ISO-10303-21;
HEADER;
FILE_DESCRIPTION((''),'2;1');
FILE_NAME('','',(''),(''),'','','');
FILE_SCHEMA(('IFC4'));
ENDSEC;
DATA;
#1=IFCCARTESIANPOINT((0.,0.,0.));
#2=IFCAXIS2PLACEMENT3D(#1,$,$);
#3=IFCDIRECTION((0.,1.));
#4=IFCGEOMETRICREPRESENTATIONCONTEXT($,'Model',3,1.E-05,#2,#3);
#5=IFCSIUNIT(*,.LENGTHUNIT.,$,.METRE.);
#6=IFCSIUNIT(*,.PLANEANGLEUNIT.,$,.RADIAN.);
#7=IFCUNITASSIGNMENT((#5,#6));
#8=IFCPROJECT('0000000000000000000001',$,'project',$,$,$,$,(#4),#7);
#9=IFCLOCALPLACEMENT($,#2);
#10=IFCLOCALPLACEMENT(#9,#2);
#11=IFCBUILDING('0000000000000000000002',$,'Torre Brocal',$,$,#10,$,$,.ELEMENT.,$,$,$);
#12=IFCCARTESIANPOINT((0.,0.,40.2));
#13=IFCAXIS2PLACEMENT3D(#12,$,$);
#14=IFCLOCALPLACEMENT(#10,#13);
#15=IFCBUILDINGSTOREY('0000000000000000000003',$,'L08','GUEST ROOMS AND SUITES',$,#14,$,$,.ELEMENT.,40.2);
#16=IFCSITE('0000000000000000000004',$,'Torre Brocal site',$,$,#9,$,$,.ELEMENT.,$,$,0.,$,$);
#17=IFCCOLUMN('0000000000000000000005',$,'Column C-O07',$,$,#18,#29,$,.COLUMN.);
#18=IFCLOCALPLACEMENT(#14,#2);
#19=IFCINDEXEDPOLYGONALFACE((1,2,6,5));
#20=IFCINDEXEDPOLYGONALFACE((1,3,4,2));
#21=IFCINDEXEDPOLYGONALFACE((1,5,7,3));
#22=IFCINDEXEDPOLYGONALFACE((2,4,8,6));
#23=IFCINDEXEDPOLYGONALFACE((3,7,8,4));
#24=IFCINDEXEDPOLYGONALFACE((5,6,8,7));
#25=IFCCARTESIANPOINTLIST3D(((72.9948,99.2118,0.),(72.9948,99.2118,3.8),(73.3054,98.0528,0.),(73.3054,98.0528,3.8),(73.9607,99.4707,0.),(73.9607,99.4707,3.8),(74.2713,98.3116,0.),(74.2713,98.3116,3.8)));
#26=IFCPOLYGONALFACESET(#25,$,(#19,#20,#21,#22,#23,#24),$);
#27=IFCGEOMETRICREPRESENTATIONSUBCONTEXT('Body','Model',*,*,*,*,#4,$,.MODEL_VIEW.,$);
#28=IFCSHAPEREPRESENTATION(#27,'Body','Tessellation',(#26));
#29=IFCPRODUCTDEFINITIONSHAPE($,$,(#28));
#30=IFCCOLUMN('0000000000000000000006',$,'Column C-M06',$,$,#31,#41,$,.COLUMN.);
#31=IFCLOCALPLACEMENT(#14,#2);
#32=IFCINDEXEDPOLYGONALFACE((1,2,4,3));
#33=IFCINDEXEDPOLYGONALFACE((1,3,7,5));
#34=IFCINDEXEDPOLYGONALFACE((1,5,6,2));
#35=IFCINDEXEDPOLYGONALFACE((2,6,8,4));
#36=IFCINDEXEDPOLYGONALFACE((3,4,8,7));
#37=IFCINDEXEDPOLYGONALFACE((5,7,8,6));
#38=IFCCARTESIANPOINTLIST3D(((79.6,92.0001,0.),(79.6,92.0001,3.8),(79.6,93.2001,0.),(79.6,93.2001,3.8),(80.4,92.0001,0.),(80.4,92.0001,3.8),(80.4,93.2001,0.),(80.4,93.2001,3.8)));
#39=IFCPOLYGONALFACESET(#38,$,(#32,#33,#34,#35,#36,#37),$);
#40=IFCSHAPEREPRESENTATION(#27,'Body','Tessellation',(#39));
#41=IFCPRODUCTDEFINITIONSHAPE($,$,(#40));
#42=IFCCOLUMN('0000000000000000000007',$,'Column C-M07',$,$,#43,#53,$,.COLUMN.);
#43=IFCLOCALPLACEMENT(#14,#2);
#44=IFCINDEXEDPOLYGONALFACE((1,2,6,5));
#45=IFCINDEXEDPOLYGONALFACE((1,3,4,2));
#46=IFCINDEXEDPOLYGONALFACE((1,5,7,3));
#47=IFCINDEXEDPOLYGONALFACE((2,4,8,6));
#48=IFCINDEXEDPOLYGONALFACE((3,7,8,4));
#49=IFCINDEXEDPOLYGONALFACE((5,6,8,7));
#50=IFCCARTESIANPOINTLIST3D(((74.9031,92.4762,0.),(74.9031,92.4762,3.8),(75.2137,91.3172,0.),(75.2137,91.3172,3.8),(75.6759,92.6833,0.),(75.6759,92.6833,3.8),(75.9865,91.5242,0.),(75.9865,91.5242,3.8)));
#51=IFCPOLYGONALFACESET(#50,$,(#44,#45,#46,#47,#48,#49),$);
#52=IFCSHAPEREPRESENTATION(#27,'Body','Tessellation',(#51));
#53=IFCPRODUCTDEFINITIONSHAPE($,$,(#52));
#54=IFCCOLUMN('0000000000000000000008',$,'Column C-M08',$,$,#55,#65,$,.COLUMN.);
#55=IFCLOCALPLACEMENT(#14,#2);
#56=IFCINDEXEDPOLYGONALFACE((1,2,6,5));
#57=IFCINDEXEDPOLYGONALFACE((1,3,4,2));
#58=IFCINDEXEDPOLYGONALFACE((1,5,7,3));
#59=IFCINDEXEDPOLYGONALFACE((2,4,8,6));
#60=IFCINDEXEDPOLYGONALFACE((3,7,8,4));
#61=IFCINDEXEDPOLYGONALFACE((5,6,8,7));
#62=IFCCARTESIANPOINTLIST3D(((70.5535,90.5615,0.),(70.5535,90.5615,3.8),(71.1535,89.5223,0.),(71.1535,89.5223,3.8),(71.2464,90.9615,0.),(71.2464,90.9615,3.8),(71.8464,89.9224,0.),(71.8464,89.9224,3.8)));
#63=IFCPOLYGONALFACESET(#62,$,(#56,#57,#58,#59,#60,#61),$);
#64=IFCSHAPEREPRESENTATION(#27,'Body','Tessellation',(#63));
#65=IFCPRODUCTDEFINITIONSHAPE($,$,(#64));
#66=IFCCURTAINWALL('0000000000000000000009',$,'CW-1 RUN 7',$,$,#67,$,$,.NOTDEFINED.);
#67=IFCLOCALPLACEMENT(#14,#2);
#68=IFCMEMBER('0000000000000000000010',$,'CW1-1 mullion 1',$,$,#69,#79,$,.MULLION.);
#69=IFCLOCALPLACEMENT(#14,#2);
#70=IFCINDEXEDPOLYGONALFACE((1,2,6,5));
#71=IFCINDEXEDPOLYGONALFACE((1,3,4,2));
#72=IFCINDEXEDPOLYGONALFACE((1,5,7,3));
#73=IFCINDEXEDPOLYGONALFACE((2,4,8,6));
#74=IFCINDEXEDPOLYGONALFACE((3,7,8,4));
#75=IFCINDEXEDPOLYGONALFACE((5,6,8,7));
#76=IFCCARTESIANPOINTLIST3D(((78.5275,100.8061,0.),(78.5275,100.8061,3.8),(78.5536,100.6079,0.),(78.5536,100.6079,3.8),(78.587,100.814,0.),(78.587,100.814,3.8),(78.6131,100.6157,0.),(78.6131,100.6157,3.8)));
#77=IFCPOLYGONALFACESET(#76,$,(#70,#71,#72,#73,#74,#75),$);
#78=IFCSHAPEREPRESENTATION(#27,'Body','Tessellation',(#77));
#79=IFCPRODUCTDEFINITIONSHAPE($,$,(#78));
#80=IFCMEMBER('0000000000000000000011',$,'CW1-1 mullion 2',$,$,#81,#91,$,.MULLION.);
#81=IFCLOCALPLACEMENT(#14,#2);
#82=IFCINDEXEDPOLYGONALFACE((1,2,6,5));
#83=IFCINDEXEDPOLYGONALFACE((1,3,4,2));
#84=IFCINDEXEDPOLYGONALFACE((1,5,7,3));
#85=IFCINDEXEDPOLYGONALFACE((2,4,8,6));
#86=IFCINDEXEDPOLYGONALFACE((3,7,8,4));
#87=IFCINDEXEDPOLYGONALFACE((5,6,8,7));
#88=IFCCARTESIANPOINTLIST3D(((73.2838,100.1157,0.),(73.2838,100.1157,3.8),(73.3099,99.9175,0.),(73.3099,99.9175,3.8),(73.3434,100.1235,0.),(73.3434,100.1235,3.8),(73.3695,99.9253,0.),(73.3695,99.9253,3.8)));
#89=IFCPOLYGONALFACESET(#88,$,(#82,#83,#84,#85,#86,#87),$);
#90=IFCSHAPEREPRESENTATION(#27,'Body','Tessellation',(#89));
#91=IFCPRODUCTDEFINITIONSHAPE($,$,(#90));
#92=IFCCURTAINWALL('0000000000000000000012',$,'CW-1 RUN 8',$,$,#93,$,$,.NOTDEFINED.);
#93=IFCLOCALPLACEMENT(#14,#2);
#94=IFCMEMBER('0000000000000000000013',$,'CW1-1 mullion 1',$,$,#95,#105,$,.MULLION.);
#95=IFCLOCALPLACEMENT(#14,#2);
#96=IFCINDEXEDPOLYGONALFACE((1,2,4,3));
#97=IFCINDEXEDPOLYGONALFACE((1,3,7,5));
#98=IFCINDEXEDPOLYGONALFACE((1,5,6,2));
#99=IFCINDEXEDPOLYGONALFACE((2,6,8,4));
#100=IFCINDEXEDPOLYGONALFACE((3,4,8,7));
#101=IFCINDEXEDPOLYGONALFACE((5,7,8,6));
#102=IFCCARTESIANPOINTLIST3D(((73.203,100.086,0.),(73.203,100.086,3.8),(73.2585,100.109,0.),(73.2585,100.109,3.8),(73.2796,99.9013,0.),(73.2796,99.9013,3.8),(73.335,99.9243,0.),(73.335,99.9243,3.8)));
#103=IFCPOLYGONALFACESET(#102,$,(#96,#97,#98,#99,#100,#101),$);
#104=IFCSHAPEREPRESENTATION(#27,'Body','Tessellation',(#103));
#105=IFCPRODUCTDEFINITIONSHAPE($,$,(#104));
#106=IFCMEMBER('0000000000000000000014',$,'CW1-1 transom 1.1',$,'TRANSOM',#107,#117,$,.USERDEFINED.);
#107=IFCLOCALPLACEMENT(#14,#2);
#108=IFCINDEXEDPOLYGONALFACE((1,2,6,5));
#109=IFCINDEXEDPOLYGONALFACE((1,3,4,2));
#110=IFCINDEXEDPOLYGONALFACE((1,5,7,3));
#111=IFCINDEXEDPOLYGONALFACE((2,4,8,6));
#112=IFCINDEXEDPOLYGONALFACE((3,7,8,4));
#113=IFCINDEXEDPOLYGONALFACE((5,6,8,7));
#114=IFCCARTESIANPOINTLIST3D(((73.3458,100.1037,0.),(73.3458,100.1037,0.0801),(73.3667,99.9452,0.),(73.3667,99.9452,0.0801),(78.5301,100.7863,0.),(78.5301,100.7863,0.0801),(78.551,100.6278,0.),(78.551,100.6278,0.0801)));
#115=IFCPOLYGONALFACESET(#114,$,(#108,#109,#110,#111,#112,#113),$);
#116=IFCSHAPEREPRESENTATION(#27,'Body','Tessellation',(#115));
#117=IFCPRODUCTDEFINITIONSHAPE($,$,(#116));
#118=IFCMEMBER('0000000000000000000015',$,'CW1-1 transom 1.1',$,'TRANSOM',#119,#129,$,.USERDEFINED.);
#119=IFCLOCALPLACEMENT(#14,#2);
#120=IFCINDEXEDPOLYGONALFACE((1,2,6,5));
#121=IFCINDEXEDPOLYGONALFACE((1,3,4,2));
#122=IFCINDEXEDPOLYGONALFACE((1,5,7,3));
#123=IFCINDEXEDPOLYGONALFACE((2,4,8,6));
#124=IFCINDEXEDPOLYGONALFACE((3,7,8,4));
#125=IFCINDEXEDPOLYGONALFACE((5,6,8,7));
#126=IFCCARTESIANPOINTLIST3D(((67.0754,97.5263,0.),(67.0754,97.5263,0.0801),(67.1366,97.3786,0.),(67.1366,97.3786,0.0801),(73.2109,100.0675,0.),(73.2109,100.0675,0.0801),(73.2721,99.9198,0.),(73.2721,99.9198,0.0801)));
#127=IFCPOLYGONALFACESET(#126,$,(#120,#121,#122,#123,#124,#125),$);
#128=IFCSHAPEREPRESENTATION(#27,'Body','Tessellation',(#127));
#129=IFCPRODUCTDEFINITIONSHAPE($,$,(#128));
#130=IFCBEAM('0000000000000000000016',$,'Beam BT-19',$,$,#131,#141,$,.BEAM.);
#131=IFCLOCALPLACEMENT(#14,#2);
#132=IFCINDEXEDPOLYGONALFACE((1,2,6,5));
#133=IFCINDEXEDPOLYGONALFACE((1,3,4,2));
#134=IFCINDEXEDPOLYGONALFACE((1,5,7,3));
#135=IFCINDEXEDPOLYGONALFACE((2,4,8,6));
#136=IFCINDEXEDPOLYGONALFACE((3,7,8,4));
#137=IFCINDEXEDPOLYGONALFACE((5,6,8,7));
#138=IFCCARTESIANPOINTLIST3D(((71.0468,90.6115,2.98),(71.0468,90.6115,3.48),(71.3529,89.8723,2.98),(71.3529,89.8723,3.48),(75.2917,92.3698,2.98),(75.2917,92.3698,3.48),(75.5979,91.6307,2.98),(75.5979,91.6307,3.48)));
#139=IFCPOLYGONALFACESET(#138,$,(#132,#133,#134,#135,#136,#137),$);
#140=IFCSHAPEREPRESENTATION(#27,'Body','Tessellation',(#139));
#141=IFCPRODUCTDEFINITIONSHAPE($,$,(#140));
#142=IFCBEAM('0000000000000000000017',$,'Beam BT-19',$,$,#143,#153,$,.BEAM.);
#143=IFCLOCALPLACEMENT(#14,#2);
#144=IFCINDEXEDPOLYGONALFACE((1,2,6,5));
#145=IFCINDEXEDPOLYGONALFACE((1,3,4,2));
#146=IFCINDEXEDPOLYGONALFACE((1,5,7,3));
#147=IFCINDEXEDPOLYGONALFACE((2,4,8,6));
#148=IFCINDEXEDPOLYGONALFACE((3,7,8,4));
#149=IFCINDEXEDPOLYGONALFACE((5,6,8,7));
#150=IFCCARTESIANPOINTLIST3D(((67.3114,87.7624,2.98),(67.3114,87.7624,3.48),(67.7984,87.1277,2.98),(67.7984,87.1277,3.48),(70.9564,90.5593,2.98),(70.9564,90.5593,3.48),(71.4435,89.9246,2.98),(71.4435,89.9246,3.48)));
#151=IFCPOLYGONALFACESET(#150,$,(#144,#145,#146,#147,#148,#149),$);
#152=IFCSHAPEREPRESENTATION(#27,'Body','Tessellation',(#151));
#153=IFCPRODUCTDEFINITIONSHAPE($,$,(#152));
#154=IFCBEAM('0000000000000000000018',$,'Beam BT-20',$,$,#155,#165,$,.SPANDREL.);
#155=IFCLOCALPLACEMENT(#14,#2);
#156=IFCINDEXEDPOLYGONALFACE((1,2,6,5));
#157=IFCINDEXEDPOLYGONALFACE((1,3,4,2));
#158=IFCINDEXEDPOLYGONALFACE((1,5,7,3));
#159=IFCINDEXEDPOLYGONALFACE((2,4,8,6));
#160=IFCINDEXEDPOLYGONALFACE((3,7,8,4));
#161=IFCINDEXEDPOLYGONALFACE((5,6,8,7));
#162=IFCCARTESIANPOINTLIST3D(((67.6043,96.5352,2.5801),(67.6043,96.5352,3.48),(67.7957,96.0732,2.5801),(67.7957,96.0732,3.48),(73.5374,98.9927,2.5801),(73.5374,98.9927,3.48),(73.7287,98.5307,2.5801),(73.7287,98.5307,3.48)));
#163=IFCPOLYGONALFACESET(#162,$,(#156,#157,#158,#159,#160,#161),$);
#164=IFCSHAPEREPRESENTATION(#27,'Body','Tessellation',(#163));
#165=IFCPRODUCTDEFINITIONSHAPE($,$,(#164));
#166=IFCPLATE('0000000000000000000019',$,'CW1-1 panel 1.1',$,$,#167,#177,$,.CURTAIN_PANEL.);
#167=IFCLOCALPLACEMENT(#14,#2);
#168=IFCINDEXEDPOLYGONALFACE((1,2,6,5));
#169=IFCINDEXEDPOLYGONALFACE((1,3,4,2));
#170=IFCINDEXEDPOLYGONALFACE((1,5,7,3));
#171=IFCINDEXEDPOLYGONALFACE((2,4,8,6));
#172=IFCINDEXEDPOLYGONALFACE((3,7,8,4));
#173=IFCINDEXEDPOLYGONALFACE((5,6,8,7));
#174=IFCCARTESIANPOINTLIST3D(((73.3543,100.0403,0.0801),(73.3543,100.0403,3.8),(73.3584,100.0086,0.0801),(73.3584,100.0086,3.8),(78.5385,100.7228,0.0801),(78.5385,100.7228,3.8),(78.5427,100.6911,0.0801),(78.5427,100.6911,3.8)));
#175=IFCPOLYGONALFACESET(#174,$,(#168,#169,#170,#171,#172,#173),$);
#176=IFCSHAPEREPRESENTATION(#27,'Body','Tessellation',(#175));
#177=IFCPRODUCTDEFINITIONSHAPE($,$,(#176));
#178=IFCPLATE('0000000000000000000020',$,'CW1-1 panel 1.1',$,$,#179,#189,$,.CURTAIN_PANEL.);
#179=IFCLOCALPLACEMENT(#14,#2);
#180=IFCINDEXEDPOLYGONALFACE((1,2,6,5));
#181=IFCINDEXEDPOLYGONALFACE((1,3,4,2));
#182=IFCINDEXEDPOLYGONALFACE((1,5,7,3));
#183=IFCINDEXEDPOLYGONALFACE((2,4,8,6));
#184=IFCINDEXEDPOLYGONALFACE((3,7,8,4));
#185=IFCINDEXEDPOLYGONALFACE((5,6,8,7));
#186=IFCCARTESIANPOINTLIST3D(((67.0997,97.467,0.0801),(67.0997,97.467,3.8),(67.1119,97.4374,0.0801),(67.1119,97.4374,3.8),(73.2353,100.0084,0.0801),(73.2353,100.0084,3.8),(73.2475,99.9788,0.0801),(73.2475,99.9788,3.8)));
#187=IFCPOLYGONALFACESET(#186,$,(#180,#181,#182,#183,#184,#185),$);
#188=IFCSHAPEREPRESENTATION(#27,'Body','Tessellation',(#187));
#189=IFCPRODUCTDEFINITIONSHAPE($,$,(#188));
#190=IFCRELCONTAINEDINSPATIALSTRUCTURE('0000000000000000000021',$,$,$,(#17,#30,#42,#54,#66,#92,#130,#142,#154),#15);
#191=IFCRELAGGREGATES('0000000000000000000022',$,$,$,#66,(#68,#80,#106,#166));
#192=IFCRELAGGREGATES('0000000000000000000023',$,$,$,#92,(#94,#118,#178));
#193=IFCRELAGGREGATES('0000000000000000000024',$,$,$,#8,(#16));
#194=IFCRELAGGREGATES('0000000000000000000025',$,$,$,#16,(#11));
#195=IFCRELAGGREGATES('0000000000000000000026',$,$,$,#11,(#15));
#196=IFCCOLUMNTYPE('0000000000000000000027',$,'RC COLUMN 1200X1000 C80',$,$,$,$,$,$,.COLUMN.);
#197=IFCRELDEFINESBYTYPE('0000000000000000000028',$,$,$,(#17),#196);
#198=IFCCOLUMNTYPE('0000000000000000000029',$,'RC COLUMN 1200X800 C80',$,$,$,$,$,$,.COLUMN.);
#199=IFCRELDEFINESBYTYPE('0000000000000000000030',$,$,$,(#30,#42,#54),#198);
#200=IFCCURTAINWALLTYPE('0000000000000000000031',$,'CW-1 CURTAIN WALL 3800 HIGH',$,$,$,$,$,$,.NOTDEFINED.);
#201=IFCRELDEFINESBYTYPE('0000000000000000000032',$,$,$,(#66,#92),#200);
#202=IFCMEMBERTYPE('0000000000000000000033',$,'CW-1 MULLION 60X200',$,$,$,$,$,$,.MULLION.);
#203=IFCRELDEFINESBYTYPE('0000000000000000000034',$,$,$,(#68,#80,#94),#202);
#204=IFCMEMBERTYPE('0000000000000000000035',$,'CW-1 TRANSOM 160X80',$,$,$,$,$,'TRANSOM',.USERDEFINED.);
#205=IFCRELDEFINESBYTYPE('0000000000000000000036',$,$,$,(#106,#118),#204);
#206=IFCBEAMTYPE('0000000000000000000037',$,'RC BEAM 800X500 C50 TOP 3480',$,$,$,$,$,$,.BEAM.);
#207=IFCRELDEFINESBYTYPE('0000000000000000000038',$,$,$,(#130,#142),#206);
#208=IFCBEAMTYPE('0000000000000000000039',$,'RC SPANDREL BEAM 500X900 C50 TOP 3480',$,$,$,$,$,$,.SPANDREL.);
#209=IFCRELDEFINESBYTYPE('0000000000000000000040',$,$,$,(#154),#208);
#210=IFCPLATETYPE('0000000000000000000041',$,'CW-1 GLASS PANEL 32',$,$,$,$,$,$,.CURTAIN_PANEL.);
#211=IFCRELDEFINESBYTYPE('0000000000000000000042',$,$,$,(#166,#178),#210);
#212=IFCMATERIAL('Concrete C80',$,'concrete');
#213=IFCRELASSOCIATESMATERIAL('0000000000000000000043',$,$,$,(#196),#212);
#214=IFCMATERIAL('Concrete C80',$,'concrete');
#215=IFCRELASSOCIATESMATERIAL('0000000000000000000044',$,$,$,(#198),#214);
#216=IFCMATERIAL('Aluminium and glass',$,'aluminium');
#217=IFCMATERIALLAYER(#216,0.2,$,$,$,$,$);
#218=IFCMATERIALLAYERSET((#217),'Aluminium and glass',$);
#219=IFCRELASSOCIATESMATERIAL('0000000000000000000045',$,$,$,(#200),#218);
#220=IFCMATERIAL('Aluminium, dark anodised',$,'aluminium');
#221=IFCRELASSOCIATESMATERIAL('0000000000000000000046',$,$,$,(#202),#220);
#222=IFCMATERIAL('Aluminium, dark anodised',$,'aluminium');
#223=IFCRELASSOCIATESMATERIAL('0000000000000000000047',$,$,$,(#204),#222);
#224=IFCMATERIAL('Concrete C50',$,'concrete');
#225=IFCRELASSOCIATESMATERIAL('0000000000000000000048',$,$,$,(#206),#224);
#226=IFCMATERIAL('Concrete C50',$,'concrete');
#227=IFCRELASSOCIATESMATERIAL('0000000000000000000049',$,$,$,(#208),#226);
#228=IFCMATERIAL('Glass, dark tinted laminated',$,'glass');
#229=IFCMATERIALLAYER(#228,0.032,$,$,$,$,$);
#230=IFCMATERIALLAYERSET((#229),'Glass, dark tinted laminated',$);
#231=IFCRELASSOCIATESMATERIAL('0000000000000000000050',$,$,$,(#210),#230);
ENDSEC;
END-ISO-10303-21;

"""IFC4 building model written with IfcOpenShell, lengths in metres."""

from ifc_helpers import new_model, si_unit, direction, frame, origin, origin_2d, place, context, subcontext, project, spatial, rectangle, extrude, material, layer, layer_set, material_profile, profile_set, type_object, element, aggregate, save


model = new_model("IFC4")

# Units and contexts
model_context = context("Model", 3, precision=1e-05, world=origin(), true_north=direction((0.0, 1.0)))
body_context = subcontext(model_context, "Body", "Model", "MODEL_VIEW")
ifc_project = project(units=[si_unit("LENGTHUNIT", "METRE"), si_unit("PLANEANGLEUNIT", "RADIAN")], contexts=[model_context])

# Site, building, storey
site_placement = place(None, origin())
site = spatial("IfcSite", under=ifc_project, at=site_placement, Name="Torre Brocal site", CompositionType="ELEMENT", RefElevation=0.0)
building_placement = place(site_placement, origin())
building = spatial("IfcBuilding", under=site, at=building_placement, Name="Torre Brocal", CompositionType="ELEMENT")
storey_placement = place(building_placement, frame((0.0, 0.0, 40.2)))
storey = spatial("IfcBuildingStorey", under=building, at=storey_placement, Name="L08", Description="GUEST ROOMS AND SUITES", CompositionType="ELEMENT", Elevation=40.2)

# Columns
ifc_material_1 = material(Name="Concrete C80", Category="concrete")
ifc_material_profile_1 = material_profile(ifc_material_1, rectangle(XDim=1.2, YDim=1.0, at=origin_2d()), Name="RC 1200X1000")
ifc_profile_set_1 = profile_set([ifc_material_profile_1], Name="Concrete C80")
column_type_1 = type_object("IfcColumnType", Name="RC COLUMN 1200X1000 C80", PredefinedType="COLUMN", material=ifc_profile_set_1)
column_placement = place(storey_placement, frame((73.6331, 98.7617, 0.0), z_axis=(0.0, 0.0, 1.0), x_axis=(-0.258819, 0.965926, 0.0)))
element("IfcColumn", 1, at=column_placement, inside=storey, type_object=column_type_1, Name="Column C-O07", PredefinedType="COLUMN", context=body_context, shape_type="SweptSolid", body=[
    extrude(rectangle(XDim=1.2, YDim=1.0, at=origin_2d()), origin(), (0.0, 0.0, 1.0), 3.8),
])
ifc_material_2 = material(Name="Concrete C80", Category="concrete")
ifc_material_profile_2 = material_profile(ifc_material_2, rectangle(XDim=1.2, YDim=0.8, at=origin_2d()), Name="RC 1200X800")
ifc_profile_set_2 = profile_set([ifc_material_profile_2], Name="Concrete C80")
column_type_2 = type_object("IfcColumnType", Name="RC COLUMN 1200X800 C80", PredefinedType="COLUMN", material=ifc_profile_set_2)
for number, where, z_axis, x_axis, name in (
    (2, (80.0, 92.6001, 0.0), (0.0, 0.0, 1.0), (0.0, 1.0, 0.0), "Column C-M06"),
    (3, (75.4448, 92.0002, 0.0), (0.0, 0.0, 1.0), (-0.258819, 0.965926, 0.0), "Column C-M07"),
    (4, (71.2, 90.2419, 0.0), (0.0, 0.0, 1.0), (-0.5, 0.866025, 0.0), "Column C-M08"),
):
    element("IfcColumn", number, at=place(storey_placement, frame(where, z_axis=z_axis, x_axis=x_axis)), inside=storey, type_object=column_type_2, Name=name, PredefinedType="COLUMN", context=body_context, shape_type="SweptSolid", body=[
        extrude(rectangle(XDim=1.2, YDim=0.8, at=origin_2d()), origin(), (0.0, 0.0, 1.0), 3.8),
    ])

# Curtain wall, members
ifc_material_3 = material(Name="Aluminium and glass", Category="aluminium")
ifc_layer_1 = layer(ifc_material_3, 0.2)
ifc_layer_set_1 = layer_set([ifc_layer_1], Name="Aluminium and glass")
curtain_wall_type = type_object("IfcCurtainWallType", Name="CW-1 CURTAIN WALL 3800 HIGH", PredefinedType="NOTDEFINED", material=ifc_layer_set_1)
curtain_wall_1_placement = place(storey_placement, origin())
curtain_wall_1 = element("IfcCurtainWall", 5, at=curtain_wall_1_placement, inside=storey, type_object=curtain_wall_type, Name="CW-1 RUN 7", PredefinedType="NOTDEFINED")
ifc_material_4 = material(Name="Aluminium, dark anodised", Category="aluminium")
ifc_material_profile_3 = material_profile(ifc_material_4, rectangle(XDim=0.2, YDim=0.0601, at=origin_2d()), Name="CW-1 MULLION 60X200")
ifc_profile_set_3 = profile_set([ifc_material_profile_3], Name="Aluminium, dark anodised")
member_type_1 = type_object("IfcMemberType", Name="CW-1 MULLION 60X200", PredefinedType="MULLION", material=ifc_profile_set_3)
member_1_placement = place(storey_placement, frame((78.5703, 100.7109, 0.0), z_axis=(0.0, 0.0, 1.0), x_axis=(0.130526, -0.991445, 0.0)))
member_1 = element("IfcMember", 6, at=member_1_placement, type_object=member_type_1, Name="CW1-1 mullion 1", PredefinedType="MULLION", context=body_context, shape_type="SweptSolid", body=[
    extrude(rectangle(XDim=0.2, YDim=0.0601, at=origin_2d()), origin(), (0.0, 0.0, 1.0), 3.8),
])
member_2_placement = place(storey_placement, frame((73.3267, 100.0205, 0.0), z_axis=(0.0, 0.0, 1.0), x_axis=(0.130526, -0.991445, 0.0)))
member_2 = element("IfcMember", 7, at=member_2_placement, type_object=member_type_1, Name="CW1-1 mullion 2", PredefinedType="MULLION", context=body_context, shape_type="SweptSolid", body=[
    extrude(rectangle(XDim=0.2, YDim=0.0601, at=origin_2d()), origin(), (0.0, 0.0, 1.0), 3.8),
])

# Curtain wall, member
curtain_wall_2_placement = place(storey_placement, origin())
curtain_wall_2 = element("IfcCurtainWall", 8, at=curtain_wall_2_placement, inside=storey, type_object=curtain_wall_type, Name="CW-1 RUN 8", PredefinedType="NOTDEFINED")
member_3_placement = place(storey_placement, frame((73.269, 100.0051, 0.0), z_axis=(0.0, 0.0, 1.0), x_axis=(0.382683, -0.92388, 0.0)))
member_3 = element("IfcMember", 9, at=member_3_placement, type_object=member_type_1, Name="CW1-1 mullion 1", PredefinedType="MULLION", context=body_context, shape_type="SweptSolid", body=[
    extrude(rectangle(XDim=0.2, YDim=0.0601, at=origin_2d()), origin(), (0.0, 0.0, 1.0), 3.8),
])

# Members
ifc_material_5 = material(Name="Aluminium, dark anodised", Category="aluminium")
ifc_material_profile_4 = material_profile(ifc_material_5, rectangle(XDim=0.1599, YDim=0.0801, at=origin_2d()), Name="CW-1 TRANSOM 160X80")
ifc_profile_set_4 = profile_set([ifc_material_profile_4], Name="Aluminium, dark anodised")
member_type_2 = type_object("IfcMemberType", Name="CW-1 TRANSOM 160X80", ElementType="TRANSOM", PredefinedType="USERDEFINED", material=ifc_profile_set_4)
member_4_placement = place(storey_placement, frame((78.5405, 100.707, 0.04), z_axis=(-0.991443, -0.130543, 0.0), x_axis=(0.130543, -0.991443, 0.0)))
member_4 = element("IfcMember", 10, at=member_4_placement, type_object=member_type_2, Name="CW1-1 transom 1.1", ObjectType="TRANSOM", PredefinedType="USERDEFINED", context=body_context, shape_type="SweptSolid", body=[
    extrude(rectangle(XDim=0.1599, YDim=0.0801, at=origin_2d()), origin(), (0.0, 0.0, 1.0), 5.229),
])
member_5_placement = place(storey_placement, frame((73.2415, 99.9937, 0.04), z_axis=(-0.923887, -0.382665, 0.0), x_axis=(0.382665, -0.923887, 0.0)))
member_5 = element("IfcMember", 11, at=member_5_placement, type_object=member_type_2, Name="CW1-1 transom 1.1", ObjectType="TRANSOM", PredefinedType="USERDEFINED", context=body_context, shape_type="SweptSolid", body=[
    extrude(rectangle(XDim=0.1599, YDim=0.0801, at=origin_2d()), origin(), (0.0, 0.0, 1.0), 6.6409),
])

# Beams
ifc_material_6 = material(Name="Concrete C50", Category="concrete")
ifc_material_profile_5 = material_profile(ifc_material_6, rectangle(XDim=0.8, YDim=0.5, at=origin_2d()), Name="RC 800X500")
ifc_profile_set_5 = profile_set([ifc_material_profile_5], Name="Concrete C50")
beam_type_1 = type_object("IfcBeamType", Name="RC BEAM 800X500 C50 TOP 3480", PredefinedType="BEAM", material=ifc_profile_set_5)
beam_1_placement = place(storey_placement, frame((75.4448, 92.0002, 3.23), z_axis=(-0.923878, -0.382687, 0.0), x_axis=(0.382687, -0.923878, 0.0)))
element("IfcBeam", 12, at=beam_1_placement, inside=storey, type_object=beam_type_1, Name="Beam BT-19", PredefinedType="BEAM", context=body_context, shape_type="SweptSolid", body=[
    extrude(rectangle(XDim=0.8, YDim=0.5, at=origin_2d()), origin(), (0.0, 0.0, 1.0), 4.5947),
])
beam_2_placement = place(storey_placement, frame((71.2, 90.2419, 3.23), z_axis=(-0.793358, -0.608755, 0.0), x_axis=(0.608755, -0.793358, 0.0)))
element("IfcBeam", 13, at=beam_2_placement, inside=storey, type_object=beam_type_1, Name="Beam BT-19", PredefinedType="BEAM", context=body_context, shape_type="SweptSolid", body=[
    extrude(rectangle(XDim=0.8, YDim=0.5, at=origin_2d()), origin(), (0.0, 0.0, 1.0), 4.5945),
])
ifc_material_7 = material(Name="Concrete C50", Category="concrete")
ifc_material_profile_6 = material_profile(ifc_material_7, rectangle(XDim=0.5, YDim=0.8999, at=origin_2d()), Name="RC 500X900")
ifc_profile_set_6 = profile_set([ifc_material_profile_6], Name="Concrete C50")
beam_type_2 = type_object("IfcBeamType", Name="RC SPANDREL BEAM 500X900 C50 TOP 3480", PredefinedType="SPANDREL", material=ifc_profile_set_6)
beam_3_placement = place(storey_placement, frame((73.6331, 98.7617, 3.03), z_axis=(-0.923882, -0.382676, 0.0), x_axis=(0.382676, -0.923882, 0.0)))
element("IfcBeam", 14, at=beam_3_placement, inside=storey, type_object=beam_type_2, Name="Beam BT-20", PredefinedType="SPANDREL", context=body_context, shape_type="SweptSolid", body=[
    extrude(rectangle(XDim=0.5, YDim=0.8999, at=origin_2d()), origin(), (0.0, 0.0, 1.0), 6.4219),
])

# Plates
ifc_material_8 = material(Name="Glass, dark tinted laminated", Category="glass")
ifc_layer_2 = layer(ifc_material_8, 0.032)
ifc_layer_set_2 = layer_set([ifc_layer_2], Name="Glass, dark tinted laminated")
plate_type = type_object("IfcPlateType", Name="CW-1 GLASS PANEL 32", PredefinedType="CURTAIN_PANEL", material=ifc_layer_set_2)
plate_1_placement = place(storey_placement, frame((75.9485, 100.3657, 0.0801), z_axis=(0.0, 0.0, 1.0), x_axis=(-0.991445, -0.130526, 0.0)))
plate_1 = element("IfcPlate", 15, at=plate_1_placement, type_object=plate_type, Name="CW1-1 panel 1.1", PredefinedType="CURTAIN_PANEL", context=body_context, shape_type="SweptSolid", body=[
    extrude(rectangle(XDim=5.229, YDim=0.032, at=origin_2d()), origin(), (0.0, 0.0, 1.0), 3.72),
])
aggregate(curtain_wall_1, [member_1, member_2, member_4, plate_1])
plate_2_placement = place(storey_placement, frame((70.1736, 98.7229, 0.0801), z_axis=(0.0, 0.0, 1.0), x_axis=(-0.92388, -0.382683, 0.0)))
plate_2 = element("IfcPlate", 16, at=plate_2_placement, type_object=plate_type, Name="CW1-1 panel 1.1", PredefinedType="CURTAIN_PANEL", context=body_context, shape_type="SweptSolid", body=[
    extrude(rectangle(XDim=6.6411, YDim=0.032, at=origin_2d()), origin(), (0.0, 0.0, 1.0), 3.72),
])
aggregate(curtain_wall_2, [member_3, member_5, plate_2])

save(model, "model.ifc")
